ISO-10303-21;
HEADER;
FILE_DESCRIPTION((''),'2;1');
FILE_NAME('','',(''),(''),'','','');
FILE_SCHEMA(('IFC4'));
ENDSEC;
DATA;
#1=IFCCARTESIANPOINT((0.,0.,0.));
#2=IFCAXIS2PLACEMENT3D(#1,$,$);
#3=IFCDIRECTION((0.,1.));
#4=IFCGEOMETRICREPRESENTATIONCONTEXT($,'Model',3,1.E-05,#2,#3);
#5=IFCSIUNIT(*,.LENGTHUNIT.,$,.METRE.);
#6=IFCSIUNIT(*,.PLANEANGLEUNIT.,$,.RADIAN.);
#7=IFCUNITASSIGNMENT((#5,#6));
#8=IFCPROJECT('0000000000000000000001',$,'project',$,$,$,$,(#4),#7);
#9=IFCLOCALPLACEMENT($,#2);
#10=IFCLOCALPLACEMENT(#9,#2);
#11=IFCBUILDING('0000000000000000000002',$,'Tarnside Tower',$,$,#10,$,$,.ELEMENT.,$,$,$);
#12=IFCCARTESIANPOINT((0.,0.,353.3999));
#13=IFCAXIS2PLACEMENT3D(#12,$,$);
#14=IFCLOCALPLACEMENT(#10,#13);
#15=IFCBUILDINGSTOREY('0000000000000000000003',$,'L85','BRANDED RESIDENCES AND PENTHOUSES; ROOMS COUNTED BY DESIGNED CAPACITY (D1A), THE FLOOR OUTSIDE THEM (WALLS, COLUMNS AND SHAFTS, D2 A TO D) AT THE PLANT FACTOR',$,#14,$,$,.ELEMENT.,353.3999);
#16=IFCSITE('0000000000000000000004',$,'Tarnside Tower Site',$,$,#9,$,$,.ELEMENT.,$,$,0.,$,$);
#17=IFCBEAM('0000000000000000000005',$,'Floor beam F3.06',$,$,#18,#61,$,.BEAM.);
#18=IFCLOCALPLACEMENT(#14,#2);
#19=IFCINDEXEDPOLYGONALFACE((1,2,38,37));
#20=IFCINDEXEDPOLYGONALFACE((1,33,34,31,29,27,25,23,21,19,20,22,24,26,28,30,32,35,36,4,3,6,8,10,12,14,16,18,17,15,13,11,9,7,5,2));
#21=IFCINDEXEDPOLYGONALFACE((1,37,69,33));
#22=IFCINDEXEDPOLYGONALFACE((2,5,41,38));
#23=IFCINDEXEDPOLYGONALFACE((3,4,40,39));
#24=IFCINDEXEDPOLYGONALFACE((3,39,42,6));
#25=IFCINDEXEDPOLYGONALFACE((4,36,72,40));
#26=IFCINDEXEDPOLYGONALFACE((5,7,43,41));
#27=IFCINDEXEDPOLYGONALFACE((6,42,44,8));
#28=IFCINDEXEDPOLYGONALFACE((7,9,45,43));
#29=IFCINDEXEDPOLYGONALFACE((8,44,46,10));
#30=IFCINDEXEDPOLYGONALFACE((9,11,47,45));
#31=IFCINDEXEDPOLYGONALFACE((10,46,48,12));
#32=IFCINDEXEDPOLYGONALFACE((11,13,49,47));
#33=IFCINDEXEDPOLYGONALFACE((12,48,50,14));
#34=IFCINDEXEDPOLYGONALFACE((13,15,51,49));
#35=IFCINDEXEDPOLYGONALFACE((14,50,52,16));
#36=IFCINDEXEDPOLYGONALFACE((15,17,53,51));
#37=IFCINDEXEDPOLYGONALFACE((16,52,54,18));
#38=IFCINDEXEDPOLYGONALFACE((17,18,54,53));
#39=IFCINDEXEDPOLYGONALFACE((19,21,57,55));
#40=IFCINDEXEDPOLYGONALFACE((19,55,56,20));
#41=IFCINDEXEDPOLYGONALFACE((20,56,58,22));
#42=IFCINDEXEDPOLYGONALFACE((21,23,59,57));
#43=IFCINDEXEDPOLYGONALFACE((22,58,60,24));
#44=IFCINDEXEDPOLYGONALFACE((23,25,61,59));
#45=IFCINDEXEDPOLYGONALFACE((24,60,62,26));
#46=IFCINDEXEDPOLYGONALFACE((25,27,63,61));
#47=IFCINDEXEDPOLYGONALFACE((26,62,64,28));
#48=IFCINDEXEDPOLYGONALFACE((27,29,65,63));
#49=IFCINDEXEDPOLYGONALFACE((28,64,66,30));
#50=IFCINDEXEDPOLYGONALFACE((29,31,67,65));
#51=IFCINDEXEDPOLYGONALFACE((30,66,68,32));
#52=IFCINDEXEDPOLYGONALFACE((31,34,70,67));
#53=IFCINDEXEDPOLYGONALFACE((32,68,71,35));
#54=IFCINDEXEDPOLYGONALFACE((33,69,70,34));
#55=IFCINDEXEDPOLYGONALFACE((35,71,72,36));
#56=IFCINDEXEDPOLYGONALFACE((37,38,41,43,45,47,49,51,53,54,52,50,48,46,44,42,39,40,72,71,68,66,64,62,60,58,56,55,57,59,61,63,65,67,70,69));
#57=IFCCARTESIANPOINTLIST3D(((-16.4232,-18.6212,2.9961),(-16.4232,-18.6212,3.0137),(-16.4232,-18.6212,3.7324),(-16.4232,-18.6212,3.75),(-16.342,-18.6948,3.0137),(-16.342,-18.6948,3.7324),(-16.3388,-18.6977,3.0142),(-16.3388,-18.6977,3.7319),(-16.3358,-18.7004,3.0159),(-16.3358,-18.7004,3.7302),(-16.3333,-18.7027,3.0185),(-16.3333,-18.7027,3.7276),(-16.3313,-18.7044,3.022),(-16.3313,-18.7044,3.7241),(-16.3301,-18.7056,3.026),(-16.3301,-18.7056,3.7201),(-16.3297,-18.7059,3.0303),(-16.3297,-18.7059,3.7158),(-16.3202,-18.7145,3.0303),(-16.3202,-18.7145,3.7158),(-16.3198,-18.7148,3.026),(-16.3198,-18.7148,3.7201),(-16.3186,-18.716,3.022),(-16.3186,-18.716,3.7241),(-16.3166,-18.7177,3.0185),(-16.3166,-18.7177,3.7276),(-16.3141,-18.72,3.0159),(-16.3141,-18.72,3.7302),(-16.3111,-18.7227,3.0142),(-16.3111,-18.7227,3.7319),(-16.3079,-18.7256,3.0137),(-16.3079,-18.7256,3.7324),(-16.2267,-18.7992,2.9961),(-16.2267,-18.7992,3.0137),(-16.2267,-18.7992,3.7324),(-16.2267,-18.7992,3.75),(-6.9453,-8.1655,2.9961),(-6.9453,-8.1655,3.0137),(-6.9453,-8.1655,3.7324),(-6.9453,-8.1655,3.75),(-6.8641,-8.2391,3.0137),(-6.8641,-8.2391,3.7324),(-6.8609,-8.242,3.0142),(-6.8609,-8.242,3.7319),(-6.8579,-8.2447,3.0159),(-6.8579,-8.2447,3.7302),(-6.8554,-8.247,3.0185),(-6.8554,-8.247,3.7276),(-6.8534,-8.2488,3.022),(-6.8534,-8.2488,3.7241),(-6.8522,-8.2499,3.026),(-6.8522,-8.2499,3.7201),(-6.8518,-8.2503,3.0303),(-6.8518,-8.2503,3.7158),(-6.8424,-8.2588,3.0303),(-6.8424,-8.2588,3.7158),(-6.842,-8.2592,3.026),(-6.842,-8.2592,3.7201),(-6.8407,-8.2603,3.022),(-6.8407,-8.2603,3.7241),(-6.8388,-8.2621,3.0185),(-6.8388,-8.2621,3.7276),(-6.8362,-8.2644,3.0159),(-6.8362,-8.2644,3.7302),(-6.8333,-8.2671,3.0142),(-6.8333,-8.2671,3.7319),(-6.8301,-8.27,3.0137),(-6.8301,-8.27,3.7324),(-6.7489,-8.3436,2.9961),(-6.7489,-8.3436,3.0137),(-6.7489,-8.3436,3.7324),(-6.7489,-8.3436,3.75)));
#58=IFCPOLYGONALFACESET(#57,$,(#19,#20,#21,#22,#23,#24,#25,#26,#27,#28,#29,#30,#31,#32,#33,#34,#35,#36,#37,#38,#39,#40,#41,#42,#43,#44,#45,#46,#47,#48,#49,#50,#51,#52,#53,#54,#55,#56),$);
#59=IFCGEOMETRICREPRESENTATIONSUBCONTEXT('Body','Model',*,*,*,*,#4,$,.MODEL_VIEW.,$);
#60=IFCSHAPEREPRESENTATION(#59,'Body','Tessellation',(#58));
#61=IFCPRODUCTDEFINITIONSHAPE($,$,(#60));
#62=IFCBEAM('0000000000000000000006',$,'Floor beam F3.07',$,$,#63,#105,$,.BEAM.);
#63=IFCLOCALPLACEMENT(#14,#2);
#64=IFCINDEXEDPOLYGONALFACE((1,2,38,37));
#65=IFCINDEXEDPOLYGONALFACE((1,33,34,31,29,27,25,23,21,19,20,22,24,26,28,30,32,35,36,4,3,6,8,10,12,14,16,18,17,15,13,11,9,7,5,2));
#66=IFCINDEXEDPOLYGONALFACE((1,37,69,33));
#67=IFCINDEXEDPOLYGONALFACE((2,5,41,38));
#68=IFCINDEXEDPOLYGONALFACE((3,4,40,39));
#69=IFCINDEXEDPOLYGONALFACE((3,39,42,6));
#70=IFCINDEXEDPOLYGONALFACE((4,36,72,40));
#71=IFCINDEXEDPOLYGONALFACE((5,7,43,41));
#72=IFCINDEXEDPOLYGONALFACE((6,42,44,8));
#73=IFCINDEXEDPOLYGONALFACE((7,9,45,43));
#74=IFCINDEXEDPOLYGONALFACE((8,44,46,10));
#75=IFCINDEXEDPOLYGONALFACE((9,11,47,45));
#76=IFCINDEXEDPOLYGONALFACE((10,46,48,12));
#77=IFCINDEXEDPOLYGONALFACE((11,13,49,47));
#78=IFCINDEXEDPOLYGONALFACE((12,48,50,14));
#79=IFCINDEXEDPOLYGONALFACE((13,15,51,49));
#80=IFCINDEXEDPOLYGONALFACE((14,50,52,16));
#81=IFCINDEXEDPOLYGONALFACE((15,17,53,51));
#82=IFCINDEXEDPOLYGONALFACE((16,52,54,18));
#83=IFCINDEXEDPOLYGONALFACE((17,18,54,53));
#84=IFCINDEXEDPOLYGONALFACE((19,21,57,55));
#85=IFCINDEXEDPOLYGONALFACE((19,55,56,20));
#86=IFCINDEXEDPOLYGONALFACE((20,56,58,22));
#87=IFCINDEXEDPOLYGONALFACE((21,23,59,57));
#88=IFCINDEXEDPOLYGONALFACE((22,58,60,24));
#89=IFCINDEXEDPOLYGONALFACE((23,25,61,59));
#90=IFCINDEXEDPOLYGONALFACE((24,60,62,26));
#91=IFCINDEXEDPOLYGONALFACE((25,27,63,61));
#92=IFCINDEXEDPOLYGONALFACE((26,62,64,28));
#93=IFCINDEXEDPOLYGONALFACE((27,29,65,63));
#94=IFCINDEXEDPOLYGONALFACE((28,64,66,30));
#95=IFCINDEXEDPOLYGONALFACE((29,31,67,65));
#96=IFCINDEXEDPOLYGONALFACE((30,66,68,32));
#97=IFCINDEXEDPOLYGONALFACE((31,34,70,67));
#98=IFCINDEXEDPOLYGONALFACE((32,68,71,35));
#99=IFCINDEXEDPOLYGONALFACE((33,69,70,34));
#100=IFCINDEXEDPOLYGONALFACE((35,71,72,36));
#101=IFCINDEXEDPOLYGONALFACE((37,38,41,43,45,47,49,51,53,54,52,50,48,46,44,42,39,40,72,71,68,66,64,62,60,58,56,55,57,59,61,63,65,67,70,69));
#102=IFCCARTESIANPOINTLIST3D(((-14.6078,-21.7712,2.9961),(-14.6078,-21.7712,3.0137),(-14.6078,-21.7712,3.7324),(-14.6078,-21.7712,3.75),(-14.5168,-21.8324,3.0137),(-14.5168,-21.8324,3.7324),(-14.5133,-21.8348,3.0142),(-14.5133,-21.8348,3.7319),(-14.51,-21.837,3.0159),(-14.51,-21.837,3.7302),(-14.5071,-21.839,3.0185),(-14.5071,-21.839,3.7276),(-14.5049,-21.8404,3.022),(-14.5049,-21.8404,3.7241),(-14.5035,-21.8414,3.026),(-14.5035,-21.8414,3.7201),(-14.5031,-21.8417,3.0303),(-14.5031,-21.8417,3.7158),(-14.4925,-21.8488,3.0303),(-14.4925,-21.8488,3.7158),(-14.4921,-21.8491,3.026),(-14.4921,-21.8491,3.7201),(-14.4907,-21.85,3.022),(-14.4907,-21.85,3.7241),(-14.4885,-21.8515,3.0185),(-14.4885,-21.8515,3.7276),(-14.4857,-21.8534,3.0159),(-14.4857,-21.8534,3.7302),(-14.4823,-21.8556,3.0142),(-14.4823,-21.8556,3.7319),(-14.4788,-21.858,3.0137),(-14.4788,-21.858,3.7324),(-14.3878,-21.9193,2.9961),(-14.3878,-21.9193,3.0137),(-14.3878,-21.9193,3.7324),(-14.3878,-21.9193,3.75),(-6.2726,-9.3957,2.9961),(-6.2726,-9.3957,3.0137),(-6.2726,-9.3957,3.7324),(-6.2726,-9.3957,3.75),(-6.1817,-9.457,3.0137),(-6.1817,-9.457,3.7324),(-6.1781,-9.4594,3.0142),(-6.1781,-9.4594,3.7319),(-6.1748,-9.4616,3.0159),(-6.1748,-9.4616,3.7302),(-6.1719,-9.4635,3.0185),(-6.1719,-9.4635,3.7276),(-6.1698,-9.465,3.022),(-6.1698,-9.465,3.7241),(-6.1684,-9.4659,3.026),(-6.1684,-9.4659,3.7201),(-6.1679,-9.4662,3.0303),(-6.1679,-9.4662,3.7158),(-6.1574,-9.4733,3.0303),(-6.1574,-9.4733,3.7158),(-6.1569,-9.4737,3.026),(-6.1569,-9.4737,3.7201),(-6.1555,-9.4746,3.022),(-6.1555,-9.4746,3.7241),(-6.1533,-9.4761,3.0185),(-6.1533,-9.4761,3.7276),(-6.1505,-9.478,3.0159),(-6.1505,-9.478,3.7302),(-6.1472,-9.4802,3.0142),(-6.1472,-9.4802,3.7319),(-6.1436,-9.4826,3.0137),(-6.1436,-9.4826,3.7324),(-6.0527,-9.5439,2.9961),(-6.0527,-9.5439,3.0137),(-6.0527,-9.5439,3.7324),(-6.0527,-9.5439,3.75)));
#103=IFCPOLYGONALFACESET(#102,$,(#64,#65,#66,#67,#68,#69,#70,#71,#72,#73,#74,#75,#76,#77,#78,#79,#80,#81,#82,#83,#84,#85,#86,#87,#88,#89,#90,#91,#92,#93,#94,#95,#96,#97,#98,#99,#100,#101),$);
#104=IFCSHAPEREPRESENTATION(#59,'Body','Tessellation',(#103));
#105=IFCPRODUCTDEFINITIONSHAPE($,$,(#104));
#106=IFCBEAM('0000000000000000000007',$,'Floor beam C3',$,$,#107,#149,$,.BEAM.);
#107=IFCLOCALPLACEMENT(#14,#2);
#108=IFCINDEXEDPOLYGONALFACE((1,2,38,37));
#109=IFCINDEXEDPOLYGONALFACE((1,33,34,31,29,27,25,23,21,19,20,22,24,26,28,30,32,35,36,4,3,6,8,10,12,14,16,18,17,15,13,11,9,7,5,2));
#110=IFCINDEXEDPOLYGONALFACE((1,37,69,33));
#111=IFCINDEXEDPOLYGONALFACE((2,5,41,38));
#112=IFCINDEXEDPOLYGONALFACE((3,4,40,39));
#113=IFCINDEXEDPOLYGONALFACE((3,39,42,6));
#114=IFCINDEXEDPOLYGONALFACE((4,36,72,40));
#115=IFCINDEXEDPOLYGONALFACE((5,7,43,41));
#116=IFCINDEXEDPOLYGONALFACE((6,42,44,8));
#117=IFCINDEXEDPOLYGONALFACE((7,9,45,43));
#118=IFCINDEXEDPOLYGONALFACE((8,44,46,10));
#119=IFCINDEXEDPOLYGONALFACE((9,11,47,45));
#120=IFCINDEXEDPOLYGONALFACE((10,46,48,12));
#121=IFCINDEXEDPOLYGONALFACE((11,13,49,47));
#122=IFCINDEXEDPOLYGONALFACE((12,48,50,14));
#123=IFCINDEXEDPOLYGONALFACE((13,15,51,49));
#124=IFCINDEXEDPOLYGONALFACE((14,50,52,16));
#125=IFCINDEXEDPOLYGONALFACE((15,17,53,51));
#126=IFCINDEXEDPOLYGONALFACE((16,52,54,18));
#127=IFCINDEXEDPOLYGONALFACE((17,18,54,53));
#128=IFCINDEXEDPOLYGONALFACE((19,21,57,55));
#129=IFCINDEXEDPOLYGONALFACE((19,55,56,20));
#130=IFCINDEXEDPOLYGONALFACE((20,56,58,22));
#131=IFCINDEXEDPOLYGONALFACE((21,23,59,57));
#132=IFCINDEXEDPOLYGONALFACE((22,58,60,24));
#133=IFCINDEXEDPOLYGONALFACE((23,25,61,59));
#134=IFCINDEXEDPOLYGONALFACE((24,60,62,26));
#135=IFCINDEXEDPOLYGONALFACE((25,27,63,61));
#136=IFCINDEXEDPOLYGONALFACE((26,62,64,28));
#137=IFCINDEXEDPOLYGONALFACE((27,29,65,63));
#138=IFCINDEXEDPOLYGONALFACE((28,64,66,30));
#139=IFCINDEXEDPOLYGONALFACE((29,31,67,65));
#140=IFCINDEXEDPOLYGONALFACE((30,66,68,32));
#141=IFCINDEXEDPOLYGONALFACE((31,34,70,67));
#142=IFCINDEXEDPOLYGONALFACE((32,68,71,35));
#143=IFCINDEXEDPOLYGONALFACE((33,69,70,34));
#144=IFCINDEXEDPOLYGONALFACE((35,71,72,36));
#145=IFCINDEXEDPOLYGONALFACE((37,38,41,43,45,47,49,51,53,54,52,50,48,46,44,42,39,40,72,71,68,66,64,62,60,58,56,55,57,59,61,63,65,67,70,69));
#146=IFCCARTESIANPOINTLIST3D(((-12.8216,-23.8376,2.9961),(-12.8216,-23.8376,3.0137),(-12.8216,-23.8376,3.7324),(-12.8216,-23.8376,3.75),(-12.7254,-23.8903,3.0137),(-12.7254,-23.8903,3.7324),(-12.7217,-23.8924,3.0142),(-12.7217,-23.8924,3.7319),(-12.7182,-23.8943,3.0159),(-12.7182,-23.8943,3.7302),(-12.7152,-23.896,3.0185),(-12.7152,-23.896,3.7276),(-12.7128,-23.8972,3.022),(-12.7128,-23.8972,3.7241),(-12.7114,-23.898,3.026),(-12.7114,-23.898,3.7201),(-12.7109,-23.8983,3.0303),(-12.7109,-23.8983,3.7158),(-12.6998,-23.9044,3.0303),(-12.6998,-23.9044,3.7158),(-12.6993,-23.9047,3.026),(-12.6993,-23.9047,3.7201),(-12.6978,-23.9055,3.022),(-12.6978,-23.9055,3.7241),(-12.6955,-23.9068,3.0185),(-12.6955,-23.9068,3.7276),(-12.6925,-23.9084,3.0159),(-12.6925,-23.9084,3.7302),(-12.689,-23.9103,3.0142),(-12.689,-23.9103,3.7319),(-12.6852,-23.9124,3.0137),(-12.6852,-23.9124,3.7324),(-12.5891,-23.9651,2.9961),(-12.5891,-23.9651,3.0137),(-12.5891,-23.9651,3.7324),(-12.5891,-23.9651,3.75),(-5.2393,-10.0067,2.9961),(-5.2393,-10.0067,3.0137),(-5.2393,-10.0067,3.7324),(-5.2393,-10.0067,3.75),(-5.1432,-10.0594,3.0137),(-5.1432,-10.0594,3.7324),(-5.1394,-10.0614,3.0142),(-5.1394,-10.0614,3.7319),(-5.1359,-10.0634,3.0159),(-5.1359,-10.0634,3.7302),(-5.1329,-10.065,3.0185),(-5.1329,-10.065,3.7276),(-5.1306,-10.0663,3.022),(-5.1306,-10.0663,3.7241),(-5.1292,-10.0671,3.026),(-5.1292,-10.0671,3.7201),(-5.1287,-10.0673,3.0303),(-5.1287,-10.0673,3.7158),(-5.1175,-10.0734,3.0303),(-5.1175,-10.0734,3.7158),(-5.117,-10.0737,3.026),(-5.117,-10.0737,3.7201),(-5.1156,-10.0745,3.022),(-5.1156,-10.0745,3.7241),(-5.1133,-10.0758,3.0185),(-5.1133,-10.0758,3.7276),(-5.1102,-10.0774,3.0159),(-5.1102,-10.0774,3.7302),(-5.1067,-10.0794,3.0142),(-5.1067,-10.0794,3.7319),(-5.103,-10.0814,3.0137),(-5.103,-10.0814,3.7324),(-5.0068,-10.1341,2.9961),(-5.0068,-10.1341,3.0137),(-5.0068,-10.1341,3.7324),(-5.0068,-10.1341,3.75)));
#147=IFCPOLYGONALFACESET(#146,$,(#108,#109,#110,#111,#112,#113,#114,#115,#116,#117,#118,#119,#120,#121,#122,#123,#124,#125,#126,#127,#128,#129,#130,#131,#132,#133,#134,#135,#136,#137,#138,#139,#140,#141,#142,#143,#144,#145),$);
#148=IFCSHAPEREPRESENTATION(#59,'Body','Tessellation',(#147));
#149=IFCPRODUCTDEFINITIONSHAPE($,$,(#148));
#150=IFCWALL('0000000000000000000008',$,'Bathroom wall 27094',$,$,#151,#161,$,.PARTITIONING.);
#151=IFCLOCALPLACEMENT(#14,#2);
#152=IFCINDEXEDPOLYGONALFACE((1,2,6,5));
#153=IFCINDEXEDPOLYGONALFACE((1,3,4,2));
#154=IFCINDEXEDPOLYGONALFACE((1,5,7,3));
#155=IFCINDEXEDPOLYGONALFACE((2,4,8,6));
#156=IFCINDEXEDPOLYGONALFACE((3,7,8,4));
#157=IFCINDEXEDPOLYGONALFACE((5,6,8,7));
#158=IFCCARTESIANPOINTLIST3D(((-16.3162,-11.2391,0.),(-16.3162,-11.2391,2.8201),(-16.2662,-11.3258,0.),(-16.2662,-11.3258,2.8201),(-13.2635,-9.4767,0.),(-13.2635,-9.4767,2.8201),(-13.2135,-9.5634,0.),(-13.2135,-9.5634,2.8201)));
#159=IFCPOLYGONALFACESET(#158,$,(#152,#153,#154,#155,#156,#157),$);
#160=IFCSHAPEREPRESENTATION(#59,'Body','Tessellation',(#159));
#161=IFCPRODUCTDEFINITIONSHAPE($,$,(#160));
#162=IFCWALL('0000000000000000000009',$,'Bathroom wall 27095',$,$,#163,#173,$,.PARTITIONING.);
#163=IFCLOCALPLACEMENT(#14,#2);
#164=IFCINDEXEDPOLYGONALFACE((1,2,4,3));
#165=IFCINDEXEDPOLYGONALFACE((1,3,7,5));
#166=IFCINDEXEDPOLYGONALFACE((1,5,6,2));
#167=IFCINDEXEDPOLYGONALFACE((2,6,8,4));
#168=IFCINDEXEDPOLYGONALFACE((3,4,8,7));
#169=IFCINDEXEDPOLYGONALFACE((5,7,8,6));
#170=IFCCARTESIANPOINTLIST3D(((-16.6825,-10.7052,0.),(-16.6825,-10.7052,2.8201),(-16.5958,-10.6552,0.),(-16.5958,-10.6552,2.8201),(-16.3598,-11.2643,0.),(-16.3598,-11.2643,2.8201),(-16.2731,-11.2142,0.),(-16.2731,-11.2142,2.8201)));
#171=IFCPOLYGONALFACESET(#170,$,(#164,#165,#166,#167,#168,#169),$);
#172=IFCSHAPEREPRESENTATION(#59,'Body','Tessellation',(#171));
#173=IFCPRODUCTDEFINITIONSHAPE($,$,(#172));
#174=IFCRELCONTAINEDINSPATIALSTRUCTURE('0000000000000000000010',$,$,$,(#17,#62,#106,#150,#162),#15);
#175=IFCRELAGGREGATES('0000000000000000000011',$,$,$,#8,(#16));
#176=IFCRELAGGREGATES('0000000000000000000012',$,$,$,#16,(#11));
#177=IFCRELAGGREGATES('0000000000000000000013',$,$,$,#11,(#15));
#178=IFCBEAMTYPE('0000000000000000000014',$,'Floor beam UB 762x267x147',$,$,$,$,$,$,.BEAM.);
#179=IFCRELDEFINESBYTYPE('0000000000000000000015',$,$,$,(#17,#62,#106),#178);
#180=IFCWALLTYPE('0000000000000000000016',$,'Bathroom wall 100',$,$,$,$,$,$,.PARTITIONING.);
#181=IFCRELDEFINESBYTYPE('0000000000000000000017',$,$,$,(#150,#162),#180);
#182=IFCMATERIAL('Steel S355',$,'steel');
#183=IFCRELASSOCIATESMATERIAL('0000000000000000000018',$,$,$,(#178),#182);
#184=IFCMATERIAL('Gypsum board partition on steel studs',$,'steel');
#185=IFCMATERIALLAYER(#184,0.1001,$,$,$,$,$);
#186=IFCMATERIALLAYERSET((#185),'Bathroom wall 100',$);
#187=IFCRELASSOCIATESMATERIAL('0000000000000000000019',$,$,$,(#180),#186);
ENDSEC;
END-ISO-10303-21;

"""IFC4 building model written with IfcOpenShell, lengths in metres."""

from ifc_helpers import new_model, si_unit, direction, frame, frame_2d, origin, origin_2d, place, context, subcontext, project, spatial, rectangle, i_section, extrude, material, layer, layer_set, material_profile, profile_set, type_object, element, save


model = new_model("IFC4")

# Units and contexts
model_context = context("Model", 3, precision=1e-05, world=origin(), true_north=direction((0.0, 1.0)))
body_context = subcontext(model_context, "Body", "Model", "MODEL_VIEW")
ifc_project = project(units=[si_unit("LENGTHUNIT", "METRE"), si_unit("PLANEANGLEUNIT", "RADIAN")], contexts=[model_context])

# Site, building, storey
site_placement = place(None, origin())
site = spatial("IfcSite", under=ifc_project, at=site_placement, Name="Tarnside Tower Site", CompositionType="ELEMENT", RefElevation=0.0)
building_placement = place(site_placement, origin())
building = spatial("IfcBuilding", under=site, at=building_placement, Name="Tarnside Tower", CompositionType="ELEMENT")
storey_placement = place(building_placement, frame((0.0, 0.0, 353.3999)))
storey = spatial("IfcBuildingStorey", under=building, at=storey_placement, Name="L85", Description="BRANDED RESIDENCES AND PENTHOUSES; ROOMS COUNTED BY DESIGNED CAPACITY (D1A), THE FLOOR OUTSIDE THEM (WALLS, COLUMNS AND SHAFTS, D2 A TO D) AT THE PLANT FACTOR", CompositionType="ELEMENT", Elevation=353.3999)

# Beams
ifc_material_1 = material(Name="Steel S355", Category="steel")
ifc_material_profile_1 = material_profile(ifc_material_1, i_section(OverallWidth=0.2651, OverallDepth=0.7539, WebThickness=0.0127, FlangeThickness=0.0176, FilletRadius=0.0166, at=origin_2d()), Name="UB 762x267x147")
ifc_profile_set_1 = profile_set([ifc_material_profile_1], Name="Steel S355")
beam_type_1 = type_object("IfcBeamType", Name="Floor beam UB 762x267x147", PredefinedType="BEAM", material=ifc_profile_set_1)
beam_1_placement = place(storey_placement, frame((-16.325, -18.7102, 3.373), z_axis=(0.671614, 0.740901, 0.0), x_axis=(-0.740901, 0.671614, 0.0)))
element("IfcBeam", 1, at=beam_1_placement, inside=storey, type_object=beam_type_1, Name="Floor beam F3.06", PredefinedType="BEAM", context=body_context, shape_type="SweptSolid", body=[
    extrude(i_section(OverallWidth=0.2651, OverallDepth=0.7539, WebThickness=0.0127, FlangeThickness=0.0176, FilletRadius=0.0166, at=origin_2d()), origin(), (0.0, 0.0, 1.0), 14.1121),
])
beam_2_placement = place(storey_placement, frame((-14.4978, -21.8452, 3.373), z_axis=(0.558632, 0.829415, 0.0), x_axis=(-0.829415, 0.558632, 0.0)))
element("IfcBeam", 2, at=beam_2_placement, inside=storey, type_object=beam_type_1, Name="Floor beam F3.07", PredefinedType="BEAM", context=body_context, shape_type="SweptSolid", body=[
    extrude(i_section(OverallWidth=0.2651, OverallDepth=0.7539, WebThickness=0.0127, FlangeThickness=0.0176, FilletRadius=0.0166, at=origin_2d()), origin(), (0.0, 0.0, 1.0), 14.9207),
])
beam_3_placement = place(storey_placement, frame((-12.7053, -23.9014, 3.373), z_axis=(0.480711, 0.876879, 0.0), x_axis=(-0.876879, 0.480711, 0.0)))
element("IfcBeam", 3, at=beam_3_placement, inside=storey, type_object=beam_type_1, Name="Floor beam C3", PredefinedType="BEAM", context=body_context, shape_type="SweptSolid", body=[
    extrude(i_section(OverallWidth=0.2651, OverallDepth=0.7539, WebThickness=0.0127, FlangeThickness=0.0176, FilletRadius=0.0166, at=origin_2d()), origin(), (0.0, 0.0, 1.0), 15.7729),
])

# Walls
ifc_material_2 = material(Name="Gypsum board partition on steel studs", Category="steel")
ifc_layer_1 = layer(ifc_material_2, 0.1001)
ifc_layer_set_1 = layer_set([ifc_layer_1], Name="Bathroom wall 100")
wall_type_1 = type_object("IfcWallType", Name="Bathroom wall 100", PredefinedType="PARTITIONING", material=ifc_layer_set_1)
wall_1_placement = place(storey_placement, frame((-13.2385, -9.52, 0.0), z_axis=(0.0, 0.0, 1.0), x_axis=(-0.866031, -0.49999, 0.0)))
element("IfcWall", 4, at=wall_1_placement, inside=storey, type_object=wall_type_1, Name="Bathroom wall 27094", PredefinedType="PARTITIONING", context=body_context, shape_type="SweptSolid", body=[
    extrude(rectangle(XDim=3.5249, YDim=0.1001, at=frame_2d((1.7625, 0.0))), origin(), (0.0, 0.0, 1.0), 2.8201),
])
wall_2_placement = place(storey_placement, frame((-16.3164, -11.2393, 0.0), z_axis=(0.0, 0.0, 1.0), x_axis=(-0.499963, 0.866047, 0.0)))
element("IfcWall", 5, at=wall_2_placement, inside=storey, type_object=wall_type_1, Name="Bathroom wall 27095", PredefinedType="PARTITIONING", context=body_context, shape_type="SweptSolid", body=[
    extrude(rectangle(XDim=0.6455, YDim=0.1001, at=frame_2d((0.3228, 0.0))), origin(), (0.0, 0.0, 1.0), 2.8201),
])

save(model, "model.ifc")
